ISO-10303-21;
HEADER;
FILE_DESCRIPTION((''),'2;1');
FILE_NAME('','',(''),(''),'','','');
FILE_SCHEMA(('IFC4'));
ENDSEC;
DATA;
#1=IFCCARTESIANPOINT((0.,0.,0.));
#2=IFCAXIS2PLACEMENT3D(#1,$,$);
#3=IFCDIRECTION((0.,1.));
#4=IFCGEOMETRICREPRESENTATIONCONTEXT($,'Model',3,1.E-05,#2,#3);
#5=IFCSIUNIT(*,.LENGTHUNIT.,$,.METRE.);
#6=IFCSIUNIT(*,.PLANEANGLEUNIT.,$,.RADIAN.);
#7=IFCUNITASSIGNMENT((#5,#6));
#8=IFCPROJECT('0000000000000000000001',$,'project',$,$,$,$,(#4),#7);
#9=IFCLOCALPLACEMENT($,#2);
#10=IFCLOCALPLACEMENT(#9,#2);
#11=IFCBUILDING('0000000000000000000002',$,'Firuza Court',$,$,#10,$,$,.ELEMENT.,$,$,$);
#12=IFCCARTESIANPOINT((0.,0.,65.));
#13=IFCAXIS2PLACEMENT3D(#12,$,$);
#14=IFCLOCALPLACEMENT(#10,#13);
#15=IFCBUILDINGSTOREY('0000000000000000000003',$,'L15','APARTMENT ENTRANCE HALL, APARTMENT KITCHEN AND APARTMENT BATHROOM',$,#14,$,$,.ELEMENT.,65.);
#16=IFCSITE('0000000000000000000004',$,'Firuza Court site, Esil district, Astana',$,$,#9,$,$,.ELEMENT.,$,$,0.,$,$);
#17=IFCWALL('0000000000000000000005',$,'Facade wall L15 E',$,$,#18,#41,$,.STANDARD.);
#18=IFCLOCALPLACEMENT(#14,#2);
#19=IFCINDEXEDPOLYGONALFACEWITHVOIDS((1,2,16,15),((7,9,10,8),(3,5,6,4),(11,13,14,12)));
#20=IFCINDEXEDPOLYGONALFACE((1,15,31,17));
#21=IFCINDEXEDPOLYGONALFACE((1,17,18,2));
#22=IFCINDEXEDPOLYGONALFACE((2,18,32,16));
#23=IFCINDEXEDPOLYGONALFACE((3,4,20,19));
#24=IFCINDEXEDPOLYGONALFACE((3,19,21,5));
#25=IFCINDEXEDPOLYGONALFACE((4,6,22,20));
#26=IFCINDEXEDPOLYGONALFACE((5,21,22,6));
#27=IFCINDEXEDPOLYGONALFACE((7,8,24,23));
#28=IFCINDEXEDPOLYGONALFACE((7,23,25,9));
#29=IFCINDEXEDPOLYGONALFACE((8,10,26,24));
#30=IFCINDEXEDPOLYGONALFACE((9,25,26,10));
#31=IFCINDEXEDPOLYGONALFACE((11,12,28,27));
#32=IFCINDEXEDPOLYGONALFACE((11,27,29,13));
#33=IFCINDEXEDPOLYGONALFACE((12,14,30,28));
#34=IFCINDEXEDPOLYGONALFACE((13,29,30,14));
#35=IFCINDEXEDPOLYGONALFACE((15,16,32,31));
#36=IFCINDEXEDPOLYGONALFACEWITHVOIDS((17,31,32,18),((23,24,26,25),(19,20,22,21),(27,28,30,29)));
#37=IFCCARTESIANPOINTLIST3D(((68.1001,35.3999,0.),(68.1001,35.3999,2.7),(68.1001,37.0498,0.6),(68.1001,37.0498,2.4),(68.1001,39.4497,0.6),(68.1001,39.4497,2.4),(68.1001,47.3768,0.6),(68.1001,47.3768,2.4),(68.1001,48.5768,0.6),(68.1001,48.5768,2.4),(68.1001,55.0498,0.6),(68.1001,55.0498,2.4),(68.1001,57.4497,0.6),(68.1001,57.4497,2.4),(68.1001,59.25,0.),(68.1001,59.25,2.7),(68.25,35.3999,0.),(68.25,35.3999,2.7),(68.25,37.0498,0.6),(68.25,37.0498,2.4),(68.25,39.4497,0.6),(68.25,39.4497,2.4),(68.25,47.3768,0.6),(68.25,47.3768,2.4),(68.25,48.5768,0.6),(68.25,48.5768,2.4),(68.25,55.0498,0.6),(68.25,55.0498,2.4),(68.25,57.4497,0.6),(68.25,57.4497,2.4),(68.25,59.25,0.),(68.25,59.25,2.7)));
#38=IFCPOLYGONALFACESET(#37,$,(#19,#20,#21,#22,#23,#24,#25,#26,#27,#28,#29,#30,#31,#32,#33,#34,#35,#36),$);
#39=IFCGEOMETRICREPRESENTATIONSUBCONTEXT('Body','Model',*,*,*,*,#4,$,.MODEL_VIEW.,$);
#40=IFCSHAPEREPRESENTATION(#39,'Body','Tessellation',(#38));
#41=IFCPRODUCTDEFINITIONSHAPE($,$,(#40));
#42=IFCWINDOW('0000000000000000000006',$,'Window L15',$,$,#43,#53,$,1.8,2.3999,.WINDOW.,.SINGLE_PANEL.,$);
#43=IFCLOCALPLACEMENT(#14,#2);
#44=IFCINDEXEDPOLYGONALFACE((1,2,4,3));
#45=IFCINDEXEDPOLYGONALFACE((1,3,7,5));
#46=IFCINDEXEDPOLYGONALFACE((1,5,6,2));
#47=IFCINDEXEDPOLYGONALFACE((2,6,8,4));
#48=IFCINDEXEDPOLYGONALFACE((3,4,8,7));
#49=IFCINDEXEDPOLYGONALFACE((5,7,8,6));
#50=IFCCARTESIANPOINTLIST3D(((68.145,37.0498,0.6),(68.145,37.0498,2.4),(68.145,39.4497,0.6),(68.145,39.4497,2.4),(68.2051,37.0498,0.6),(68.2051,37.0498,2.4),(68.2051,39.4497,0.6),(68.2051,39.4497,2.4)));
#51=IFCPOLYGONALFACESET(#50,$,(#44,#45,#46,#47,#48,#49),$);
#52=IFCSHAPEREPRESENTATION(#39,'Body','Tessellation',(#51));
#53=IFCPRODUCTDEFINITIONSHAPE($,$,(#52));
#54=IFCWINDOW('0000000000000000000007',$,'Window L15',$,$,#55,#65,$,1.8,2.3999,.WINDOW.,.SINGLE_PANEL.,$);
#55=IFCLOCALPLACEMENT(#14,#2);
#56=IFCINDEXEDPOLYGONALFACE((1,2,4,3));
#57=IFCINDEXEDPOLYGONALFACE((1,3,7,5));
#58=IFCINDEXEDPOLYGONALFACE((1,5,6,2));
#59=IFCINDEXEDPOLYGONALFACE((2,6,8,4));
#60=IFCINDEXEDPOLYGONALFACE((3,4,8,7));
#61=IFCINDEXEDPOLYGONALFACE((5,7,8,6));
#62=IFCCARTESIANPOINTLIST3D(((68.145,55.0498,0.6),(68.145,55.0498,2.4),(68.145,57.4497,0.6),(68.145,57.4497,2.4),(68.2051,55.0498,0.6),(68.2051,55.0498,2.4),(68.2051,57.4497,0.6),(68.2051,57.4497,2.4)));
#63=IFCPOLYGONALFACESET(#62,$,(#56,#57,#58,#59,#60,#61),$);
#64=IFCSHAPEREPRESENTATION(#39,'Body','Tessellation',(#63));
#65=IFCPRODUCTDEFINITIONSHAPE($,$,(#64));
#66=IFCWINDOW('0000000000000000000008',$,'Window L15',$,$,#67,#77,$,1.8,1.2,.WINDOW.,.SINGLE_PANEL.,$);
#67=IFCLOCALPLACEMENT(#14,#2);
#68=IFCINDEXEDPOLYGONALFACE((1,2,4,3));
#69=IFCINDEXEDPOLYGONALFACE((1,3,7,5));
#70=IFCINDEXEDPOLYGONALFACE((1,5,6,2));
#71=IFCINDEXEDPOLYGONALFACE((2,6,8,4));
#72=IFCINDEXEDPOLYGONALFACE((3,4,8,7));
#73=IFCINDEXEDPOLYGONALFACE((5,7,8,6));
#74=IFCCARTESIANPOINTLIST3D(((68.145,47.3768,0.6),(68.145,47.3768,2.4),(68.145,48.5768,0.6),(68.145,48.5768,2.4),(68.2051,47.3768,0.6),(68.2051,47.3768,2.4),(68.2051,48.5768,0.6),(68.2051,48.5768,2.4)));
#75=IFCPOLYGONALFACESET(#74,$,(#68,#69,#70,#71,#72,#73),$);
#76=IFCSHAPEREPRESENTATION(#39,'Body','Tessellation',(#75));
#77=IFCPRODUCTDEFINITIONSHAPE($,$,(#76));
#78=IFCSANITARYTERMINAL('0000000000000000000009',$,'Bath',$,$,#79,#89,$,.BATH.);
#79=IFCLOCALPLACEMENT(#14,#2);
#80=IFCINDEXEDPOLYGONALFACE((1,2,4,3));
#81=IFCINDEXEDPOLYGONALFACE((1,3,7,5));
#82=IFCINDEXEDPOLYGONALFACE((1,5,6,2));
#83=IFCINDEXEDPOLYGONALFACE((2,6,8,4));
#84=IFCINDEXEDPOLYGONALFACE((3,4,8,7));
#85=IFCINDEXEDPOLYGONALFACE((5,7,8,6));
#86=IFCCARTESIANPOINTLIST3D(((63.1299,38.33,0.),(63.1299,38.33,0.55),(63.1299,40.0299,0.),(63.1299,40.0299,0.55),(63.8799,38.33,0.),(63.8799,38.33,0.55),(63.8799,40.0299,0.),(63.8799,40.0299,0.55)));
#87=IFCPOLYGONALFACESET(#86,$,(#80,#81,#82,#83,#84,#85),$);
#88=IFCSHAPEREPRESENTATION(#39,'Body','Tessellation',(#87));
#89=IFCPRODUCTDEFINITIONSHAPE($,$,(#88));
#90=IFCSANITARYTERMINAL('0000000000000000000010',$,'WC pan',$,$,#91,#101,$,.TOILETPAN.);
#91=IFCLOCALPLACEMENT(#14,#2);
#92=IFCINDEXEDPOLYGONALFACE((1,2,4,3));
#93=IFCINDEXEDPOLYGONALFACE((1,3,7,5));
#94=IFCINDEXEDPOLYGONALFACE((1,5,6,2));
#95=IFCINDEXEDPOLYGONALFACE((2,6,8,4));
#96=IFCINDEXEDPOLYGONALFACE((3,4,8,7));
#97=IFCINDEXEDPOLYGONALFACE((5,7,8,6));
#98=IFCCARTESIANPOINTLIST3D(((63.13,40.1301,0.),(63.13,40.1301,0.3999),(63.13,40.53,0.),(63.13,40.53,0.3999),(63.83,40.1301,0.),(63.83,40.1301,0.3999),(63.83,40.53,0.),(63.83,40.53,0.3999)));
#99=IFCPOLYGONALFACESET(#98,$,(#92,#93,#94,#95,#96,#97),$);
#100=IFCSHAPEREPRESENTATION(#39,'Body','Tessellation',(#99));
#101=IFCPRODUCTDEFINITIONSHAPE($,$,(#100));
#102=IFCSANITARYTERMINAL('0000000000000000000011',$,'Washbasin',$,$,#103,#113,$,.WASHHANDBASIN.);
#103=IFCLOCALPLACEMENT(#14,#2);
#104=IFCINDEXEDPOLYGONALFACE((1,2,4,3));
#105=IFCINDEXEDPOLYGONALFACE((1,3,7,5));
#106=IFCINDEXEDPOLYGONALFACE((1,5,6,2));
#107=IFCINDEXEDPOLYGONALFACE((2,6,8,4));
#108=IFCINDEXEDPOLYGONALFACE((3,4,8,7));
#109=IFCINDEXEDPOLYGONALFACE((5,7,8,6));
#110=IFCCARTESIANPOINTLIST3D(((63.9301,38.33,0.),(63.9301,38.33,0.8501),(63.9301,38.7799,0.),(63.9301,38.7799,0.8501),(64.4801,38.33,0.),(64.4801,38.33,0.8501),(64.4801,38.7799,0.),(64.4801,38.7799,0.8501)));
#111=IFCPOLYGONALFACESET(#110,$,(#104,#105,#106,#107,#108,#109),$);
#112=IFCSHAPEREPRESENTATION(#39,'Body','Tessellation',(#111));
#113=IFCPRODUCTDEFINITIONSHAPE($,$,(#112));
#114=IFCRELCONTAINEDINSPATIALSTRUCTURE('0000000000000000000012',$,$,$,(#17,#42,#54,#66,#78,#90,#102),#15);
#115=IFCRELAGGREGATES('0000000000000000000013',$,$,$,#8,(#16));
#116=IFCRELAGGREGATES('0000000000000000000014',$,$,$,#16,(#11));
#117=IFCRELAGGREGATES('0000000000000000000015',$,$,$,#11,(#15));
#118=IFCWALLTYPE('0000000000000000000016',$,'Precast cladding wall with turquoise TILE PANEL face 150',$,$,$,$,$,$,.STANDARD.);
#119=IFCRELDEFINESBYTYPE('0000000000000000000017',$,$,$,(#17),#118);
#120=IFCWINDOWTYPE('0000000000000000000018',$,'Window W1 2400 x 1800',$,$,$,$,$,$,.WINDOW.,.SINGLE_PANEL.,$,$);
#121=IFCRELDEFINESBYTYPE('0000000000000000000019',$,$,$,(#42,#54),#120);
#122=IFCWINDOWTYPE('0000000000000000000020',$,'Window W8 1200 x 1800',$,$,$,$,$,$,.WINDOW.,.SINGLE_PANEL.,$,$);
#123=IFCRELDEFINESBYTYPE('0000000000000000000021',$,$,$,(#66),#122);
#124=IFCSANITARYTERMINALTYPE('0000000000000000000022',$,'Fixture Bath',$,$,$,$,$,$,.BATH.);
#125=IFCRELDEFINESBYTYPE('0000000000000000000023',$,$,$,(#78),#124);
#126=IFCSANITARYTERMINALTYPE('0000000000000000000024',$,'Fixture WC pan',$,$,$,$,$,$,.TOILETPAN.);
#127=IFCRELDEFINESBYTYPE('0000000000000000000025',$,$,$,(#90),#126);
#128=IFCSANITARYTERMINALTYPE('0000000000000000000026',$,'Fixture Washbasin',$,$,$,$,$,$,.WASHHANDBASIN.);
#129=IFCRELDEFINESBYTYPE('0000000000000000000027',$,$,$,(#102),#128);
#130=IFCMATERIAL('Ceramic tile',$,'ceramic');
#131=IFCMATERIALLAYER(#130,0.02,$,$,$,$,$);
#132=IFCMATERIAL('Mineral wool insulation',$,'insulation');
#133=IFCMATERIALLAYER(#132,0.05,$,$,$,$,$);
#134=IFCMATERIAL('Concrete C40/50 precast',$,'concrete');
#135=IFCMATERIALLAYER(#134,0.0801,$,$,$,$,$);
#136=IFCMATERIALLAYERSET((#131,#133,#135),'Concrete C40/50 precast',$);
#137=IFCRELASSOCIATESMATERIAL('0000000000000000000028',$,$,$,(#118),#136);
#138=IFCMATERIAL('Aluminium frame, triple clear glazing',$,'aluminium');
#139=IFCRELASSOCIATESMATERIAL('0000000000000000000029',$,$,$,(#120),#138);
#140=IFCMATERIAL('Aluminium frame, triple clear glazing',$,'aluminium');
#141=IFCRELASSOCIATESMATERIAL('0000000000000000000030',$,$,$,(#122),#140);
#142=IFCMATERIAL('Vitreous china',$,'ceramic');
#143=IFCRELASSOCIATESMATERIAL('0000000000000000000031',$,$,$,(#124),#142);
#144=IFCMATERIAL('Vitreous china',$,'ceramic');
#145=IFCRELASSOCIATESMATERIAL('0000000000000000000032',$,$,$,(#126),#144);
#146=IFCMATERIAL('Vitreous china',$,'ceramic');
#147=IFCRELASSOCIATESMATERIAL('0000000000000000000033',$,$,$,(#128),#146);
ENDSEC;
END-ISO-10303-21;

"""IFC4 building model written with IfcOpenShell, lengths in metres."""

from ifc_helpers import new_model, si_unit, direction, frame, frame_2d, origin, origin_2d, place, context, subcontext, project, spatial, rectangle, extrude, material, layer, layer_set, type_object, element, fill, save


model = new_model("IFC4")

# Units and contexts
model_context = context("Model", 3, precision=1e-05, world=origin(), true_north=direction((0.0, 1.0)))
body_context = subcontext(model_context, "Body", "Model", "MODEL_VIEW")
ifc_project = project(units=[si_unit("LENGTHUNIT", "METRE"), si_unit("PLANEANGLEUNIT", "RADIAN")], contexts=[model_context])

# Site, building, storey
site_placement = place(None, origin())
site = spatial("IfcSite", under=ifc_project, at=site_placement, Name="Firuza Court site, Esil district, Astana", CompositionType="ELEMENT", RefElevation=0.0)
building_placement = place(site_placement, origin())
building = spatial("IfcBuilding", under=site, at=building_placement, Name="Firuza Court", CompositionType="ELEMENT")
storey_placement = place(building_placement, frame((0.0, 0.0, 65.0)))
storey = spatial("IfcBuildingStorey", under=building, at=storey_placement, Name="L15", Description="APARTMENT ENTRANCE HALL, APARTMENT KITCHEN AND APARTMENT BATHROOM", CompositionType="ELEMENT", Elevation=65.0)

# Wall, openings, windows
ifc_material_1 = material(Name="Ceramic tile", Category="ceramic")
ifc_layer_1 = layer(ifc_material_1, 0.02)
ifc_material_2 = material(Name="Mineral wool insulation", Category="insulation")
ifc_layer_2 = layer(ifc_material_2, 0.05)
ifc_material_3 = material(Name="Concrete C40/50 precast", Category="concrete")
ifc_layer_3 = layer(ifc_material_3, 0.0801)
ifc_layer_set_1 = layer_set([ifc_layer_1, ifc_layer_2, ifc_layer_3], Name="Concrete C40/50 precast")
wall_type_1 = type_object("IfcWallType", Name="Precast cladding wall with turquoise TILE PANEL face 150", PredefinedType="STANDARD", material=ifc_layer_set_1)
wall_1_placement = place(storey_placement, frame((68.175, 35.3999, 0.0), z_axis=(0.0, 0.0, 1.0), x_axis=(0.0, 1.0, 0.0)))
wall_1 = element("IfcWall", 1, at=wall_1_placement, inside=storey, type_object=wall_type_1, Name="Facade wall L15 E", PredefinedType="STANDARD", context=body_context, shape_type="SweptSolid", body=[
    extrude(rectangle(XDim=23.8501, YDim=0.1499, at=frame_2d((11.925, 0.0))), origin(), (0.0, 0.0, 1.0), 2.7),
])
opening_1_placement = place(wall_1_placement, frame((1.6499, 0.0, 0.6001)))
opening_1 = element("IfcOpeningElement", 2, at=opening_1_placement, cuts=wall_1, PredefinedType="OPENING", context=body_context, shape_type="SweptSolid", body=[
    extrude(rectangle(XDim=2.3999, YDim=1.8, at=frame_2d((1.2, 0.8999))), frame((0.0, 0.0869, 0.0), z_axis=(0.0, -1.0, 0.0), x_axis=(1.0, 0.0, 0.0)), (0.0, 0.0, 1.0), 0.1738),
])
opening_2_placement = place(wall_1_placement, frame((11.9768, 0.0, 0.6001)))
opening_2 = element("IfcOpeningElement", 3, at=opening_2_placement, cuts=wall_1, PredefinedType="OPENING", context=body_context, shape_type="SweptSolid", body=[
    extrude(rectangle(XDim=1.2, YDim=1.8, at=frame_2d((0.6001, 0.8999))), frame((0.0, 0.0869, 0.0), z_axis=(0.0, -1.0, 0.0), x_axis=(1.0, 0.0, 0.0)), (0.0, 0.0, 1.0), 0.1738),
])
opening_3_placement = place(wall_1_placement, frame((19.6499, 0.0, 0.6001)))
opening_3 = element("IfcOpeningElement", 4, at=opening_3_placement, cuts=wall_1, PredefinedType="OPENING", context=body_context, shape_type="SweptSolid", body=[
    extrude(rectangle(XDim=2.3999, YDim=1.8, at=frame_2d((1.2, 0.8999))), frame((0.0, 0.0869, 0.0), z_axis=(0.0, -1.0, 0.0), x_axis=(1.0, 0.0, 0.0)), (0.0, 0.0, 1.0), 0.1738),
])
ifc_material_4 = material(Name="Aluminium frame, triple clear glazing", Category="aluminium")
window_type_1 = type_object("IfcWindowType", Name="Window W1 2400 x 1800", PartitioningType="SINGLE_PANEL", PredefinedType="WINDOW", material=ifc_material_4)
window_1_placement = place(opening_1_placement, origin())
window_1 = element("IfcWindow", 5, at=window_1_placement, inside=storey, type_object=window_type_1, Name="Window L15", OverallHeight=1.8, OverallWidth=2.3999, PartitioningType="SINGLE_PANEL", PredefinedType="WINDOW", context=body_context, shape_type="SweptSolid", body=[
    extrude(rectangle(XDim=2.3999, YDim=1.8, at=frame_2d((1.2, 0.8999))), frame((0.0, 0.03, 0.0), z_axis=(0.0, -1.0, 0.0), x_axis=(1.0, 0.0, 0.0)), (0.0, 0.0, 1.0), 0.0601),
])
fill(opening_1, window_1)
window_2_placement = place(opening_3_placement, origin())
window_2 = element("IfcWindow", 6, at=window_2_placement, inside=storey, type_object=window_type_1, Name="Window L15", OverallHeight=1.8, OverallWidth=2.3999, PartitioningType="SINGLE_PANEL", PredefinedType="WINDOW", context=body_context, shape_type="SweptSolid", body=[
    extrude(rectangle(XDim=2.3999, YDim=1.8, at=frame_2d((1.2, 0.8999))), frame((0.0, 0.03, 0.0), z_axis=(0.0, -1.0, 0.0), x_axis=(1.0, 0.0, 0.0)), (0.0, 0.0, 1.0), 0.0601),
])
fill(opening_3, window_2)
ifc_material_5 = material(Name="Aluminium frame, triple clear glazing", Category="aluminium")
window_type_2 = type_object("IfcWindowType", Name="Window W8 1200 x 1800", PartitioningType="SINGLE_PANEL", PredefinedType="WINDOW", material=ifc_material_5)
window_3_placement = place(opening_2_placement, origin())
window_3 = element("IfcWindow", 7, at=window_3_placement, inside=storey, type_object=window_type_2, Name="Window L15", OverallHeight=1.8, OverallWidth=1.2, PartitioningType="SINGLE_PANEL", PredefinedType="WINDOW", context=body_context, shape_type="SweptSolid", body=[
    extrude(rectangle(XDim=1.2, YDim=1.8, at=frame_2d((0.6001, 0.8999))), frame((0.0, 0.03, 0.0), z_axis=(0.0, -1.0, 0.0), x_axis=(1.0, 0.0, 0.0)), (0.0, 0.0, 1.0), 0.0601),
])
fill(opening_2, window_3)

# Sanitary terminals
ifc_material_6 = material(Name="Vitreous china", Category="ceramic")
sanitary_terminal_type_1 = type_object("IfcSanitaryTerminalType", Name="Fixture Bath", PredefinedType="BATH", material=ifc_material_6)
sanitary_terminal_1_placement = place(storey_placement, frame((63.5049, 39.1799, 0.0), z_axis=(0.0, 0.0, 1.0), x_axis=(1.0, 0.0, 0.0)))
element("IfcSanitaryTerminal", 8, at=sanitary_terminal_1_placement, inside=storey, type_object=sanitary_terminal_type_1, Name="Bath", PredefinedType="BATH", context=body_context, shape_type="SweptSolid", body=[
    extrude(rectangle(XDim=0.75, YDim=1.7, at=origin_2d()), origin(), (0.0, 0.0, 1.0), 0.55),
])
ifc_material_7 = material(Name="Vitreous china", Category="ceramic")
sanitary_terminal_type_2 = type_object("IfcSanitaryTerminalType", Name="Fixture WC pan", PredefinedType="TOILETPAN", material=ifc_material_7)
sanitary_terminal_2_placement = place(storey_placement, frame((63.48, 40.3301, 0.0), z_axis=(0.0, 0.0, 1.0), x_axis=(1.0, 0.0, 0.0)))
element("IfcSanitaryTerminal", 9, at=sanitary_terminal_2_placement, inside=storey, type_object=sanitary_terminal_type_2, Name="WC pan", PredefinedType="TOILETPAN", context=body_context, shape_type="SweptSolid", body=[
    extrude(rectangle(XDim=0.7, YDim=0.3999, at=origin_2d()), origin(), (0.0, 0.0, 1.0), 0.3999),
])
ifc_material_8 = material(Name="Vitreous china", Category="ceramic")
sanitary_terminal_type_3 = type_object("IfcSanitaryTerminalType", Name="Fixture Washbasin", PredefinedType="WASHHANDBASIN", material=ifc_material_8)
sanitary_terminal_3_placement = place(storey_placement, frame((64.2051, 38.5549, 0.0), z_axis=(0.0, 0.0, 1.0), x_axis=(1.0, 0.0, 0.0)))
element("IfcSanitaryTerminal", 10, at=sanitary_terminal_3_placement, inside=storey, type_object=sanitary_terminal_type_3, Name="Washbasin", PredefinedType="WASHHANDBASIN", context=body_context, shape_type="SweptSolid", body=[
    extrude(rectangle(XDim=0.55, YDim=0.45, at=origin_2d()), origin(), (0.0, 0.0, 1.0), 0.8501),
])

save(model, "model.ifc")
